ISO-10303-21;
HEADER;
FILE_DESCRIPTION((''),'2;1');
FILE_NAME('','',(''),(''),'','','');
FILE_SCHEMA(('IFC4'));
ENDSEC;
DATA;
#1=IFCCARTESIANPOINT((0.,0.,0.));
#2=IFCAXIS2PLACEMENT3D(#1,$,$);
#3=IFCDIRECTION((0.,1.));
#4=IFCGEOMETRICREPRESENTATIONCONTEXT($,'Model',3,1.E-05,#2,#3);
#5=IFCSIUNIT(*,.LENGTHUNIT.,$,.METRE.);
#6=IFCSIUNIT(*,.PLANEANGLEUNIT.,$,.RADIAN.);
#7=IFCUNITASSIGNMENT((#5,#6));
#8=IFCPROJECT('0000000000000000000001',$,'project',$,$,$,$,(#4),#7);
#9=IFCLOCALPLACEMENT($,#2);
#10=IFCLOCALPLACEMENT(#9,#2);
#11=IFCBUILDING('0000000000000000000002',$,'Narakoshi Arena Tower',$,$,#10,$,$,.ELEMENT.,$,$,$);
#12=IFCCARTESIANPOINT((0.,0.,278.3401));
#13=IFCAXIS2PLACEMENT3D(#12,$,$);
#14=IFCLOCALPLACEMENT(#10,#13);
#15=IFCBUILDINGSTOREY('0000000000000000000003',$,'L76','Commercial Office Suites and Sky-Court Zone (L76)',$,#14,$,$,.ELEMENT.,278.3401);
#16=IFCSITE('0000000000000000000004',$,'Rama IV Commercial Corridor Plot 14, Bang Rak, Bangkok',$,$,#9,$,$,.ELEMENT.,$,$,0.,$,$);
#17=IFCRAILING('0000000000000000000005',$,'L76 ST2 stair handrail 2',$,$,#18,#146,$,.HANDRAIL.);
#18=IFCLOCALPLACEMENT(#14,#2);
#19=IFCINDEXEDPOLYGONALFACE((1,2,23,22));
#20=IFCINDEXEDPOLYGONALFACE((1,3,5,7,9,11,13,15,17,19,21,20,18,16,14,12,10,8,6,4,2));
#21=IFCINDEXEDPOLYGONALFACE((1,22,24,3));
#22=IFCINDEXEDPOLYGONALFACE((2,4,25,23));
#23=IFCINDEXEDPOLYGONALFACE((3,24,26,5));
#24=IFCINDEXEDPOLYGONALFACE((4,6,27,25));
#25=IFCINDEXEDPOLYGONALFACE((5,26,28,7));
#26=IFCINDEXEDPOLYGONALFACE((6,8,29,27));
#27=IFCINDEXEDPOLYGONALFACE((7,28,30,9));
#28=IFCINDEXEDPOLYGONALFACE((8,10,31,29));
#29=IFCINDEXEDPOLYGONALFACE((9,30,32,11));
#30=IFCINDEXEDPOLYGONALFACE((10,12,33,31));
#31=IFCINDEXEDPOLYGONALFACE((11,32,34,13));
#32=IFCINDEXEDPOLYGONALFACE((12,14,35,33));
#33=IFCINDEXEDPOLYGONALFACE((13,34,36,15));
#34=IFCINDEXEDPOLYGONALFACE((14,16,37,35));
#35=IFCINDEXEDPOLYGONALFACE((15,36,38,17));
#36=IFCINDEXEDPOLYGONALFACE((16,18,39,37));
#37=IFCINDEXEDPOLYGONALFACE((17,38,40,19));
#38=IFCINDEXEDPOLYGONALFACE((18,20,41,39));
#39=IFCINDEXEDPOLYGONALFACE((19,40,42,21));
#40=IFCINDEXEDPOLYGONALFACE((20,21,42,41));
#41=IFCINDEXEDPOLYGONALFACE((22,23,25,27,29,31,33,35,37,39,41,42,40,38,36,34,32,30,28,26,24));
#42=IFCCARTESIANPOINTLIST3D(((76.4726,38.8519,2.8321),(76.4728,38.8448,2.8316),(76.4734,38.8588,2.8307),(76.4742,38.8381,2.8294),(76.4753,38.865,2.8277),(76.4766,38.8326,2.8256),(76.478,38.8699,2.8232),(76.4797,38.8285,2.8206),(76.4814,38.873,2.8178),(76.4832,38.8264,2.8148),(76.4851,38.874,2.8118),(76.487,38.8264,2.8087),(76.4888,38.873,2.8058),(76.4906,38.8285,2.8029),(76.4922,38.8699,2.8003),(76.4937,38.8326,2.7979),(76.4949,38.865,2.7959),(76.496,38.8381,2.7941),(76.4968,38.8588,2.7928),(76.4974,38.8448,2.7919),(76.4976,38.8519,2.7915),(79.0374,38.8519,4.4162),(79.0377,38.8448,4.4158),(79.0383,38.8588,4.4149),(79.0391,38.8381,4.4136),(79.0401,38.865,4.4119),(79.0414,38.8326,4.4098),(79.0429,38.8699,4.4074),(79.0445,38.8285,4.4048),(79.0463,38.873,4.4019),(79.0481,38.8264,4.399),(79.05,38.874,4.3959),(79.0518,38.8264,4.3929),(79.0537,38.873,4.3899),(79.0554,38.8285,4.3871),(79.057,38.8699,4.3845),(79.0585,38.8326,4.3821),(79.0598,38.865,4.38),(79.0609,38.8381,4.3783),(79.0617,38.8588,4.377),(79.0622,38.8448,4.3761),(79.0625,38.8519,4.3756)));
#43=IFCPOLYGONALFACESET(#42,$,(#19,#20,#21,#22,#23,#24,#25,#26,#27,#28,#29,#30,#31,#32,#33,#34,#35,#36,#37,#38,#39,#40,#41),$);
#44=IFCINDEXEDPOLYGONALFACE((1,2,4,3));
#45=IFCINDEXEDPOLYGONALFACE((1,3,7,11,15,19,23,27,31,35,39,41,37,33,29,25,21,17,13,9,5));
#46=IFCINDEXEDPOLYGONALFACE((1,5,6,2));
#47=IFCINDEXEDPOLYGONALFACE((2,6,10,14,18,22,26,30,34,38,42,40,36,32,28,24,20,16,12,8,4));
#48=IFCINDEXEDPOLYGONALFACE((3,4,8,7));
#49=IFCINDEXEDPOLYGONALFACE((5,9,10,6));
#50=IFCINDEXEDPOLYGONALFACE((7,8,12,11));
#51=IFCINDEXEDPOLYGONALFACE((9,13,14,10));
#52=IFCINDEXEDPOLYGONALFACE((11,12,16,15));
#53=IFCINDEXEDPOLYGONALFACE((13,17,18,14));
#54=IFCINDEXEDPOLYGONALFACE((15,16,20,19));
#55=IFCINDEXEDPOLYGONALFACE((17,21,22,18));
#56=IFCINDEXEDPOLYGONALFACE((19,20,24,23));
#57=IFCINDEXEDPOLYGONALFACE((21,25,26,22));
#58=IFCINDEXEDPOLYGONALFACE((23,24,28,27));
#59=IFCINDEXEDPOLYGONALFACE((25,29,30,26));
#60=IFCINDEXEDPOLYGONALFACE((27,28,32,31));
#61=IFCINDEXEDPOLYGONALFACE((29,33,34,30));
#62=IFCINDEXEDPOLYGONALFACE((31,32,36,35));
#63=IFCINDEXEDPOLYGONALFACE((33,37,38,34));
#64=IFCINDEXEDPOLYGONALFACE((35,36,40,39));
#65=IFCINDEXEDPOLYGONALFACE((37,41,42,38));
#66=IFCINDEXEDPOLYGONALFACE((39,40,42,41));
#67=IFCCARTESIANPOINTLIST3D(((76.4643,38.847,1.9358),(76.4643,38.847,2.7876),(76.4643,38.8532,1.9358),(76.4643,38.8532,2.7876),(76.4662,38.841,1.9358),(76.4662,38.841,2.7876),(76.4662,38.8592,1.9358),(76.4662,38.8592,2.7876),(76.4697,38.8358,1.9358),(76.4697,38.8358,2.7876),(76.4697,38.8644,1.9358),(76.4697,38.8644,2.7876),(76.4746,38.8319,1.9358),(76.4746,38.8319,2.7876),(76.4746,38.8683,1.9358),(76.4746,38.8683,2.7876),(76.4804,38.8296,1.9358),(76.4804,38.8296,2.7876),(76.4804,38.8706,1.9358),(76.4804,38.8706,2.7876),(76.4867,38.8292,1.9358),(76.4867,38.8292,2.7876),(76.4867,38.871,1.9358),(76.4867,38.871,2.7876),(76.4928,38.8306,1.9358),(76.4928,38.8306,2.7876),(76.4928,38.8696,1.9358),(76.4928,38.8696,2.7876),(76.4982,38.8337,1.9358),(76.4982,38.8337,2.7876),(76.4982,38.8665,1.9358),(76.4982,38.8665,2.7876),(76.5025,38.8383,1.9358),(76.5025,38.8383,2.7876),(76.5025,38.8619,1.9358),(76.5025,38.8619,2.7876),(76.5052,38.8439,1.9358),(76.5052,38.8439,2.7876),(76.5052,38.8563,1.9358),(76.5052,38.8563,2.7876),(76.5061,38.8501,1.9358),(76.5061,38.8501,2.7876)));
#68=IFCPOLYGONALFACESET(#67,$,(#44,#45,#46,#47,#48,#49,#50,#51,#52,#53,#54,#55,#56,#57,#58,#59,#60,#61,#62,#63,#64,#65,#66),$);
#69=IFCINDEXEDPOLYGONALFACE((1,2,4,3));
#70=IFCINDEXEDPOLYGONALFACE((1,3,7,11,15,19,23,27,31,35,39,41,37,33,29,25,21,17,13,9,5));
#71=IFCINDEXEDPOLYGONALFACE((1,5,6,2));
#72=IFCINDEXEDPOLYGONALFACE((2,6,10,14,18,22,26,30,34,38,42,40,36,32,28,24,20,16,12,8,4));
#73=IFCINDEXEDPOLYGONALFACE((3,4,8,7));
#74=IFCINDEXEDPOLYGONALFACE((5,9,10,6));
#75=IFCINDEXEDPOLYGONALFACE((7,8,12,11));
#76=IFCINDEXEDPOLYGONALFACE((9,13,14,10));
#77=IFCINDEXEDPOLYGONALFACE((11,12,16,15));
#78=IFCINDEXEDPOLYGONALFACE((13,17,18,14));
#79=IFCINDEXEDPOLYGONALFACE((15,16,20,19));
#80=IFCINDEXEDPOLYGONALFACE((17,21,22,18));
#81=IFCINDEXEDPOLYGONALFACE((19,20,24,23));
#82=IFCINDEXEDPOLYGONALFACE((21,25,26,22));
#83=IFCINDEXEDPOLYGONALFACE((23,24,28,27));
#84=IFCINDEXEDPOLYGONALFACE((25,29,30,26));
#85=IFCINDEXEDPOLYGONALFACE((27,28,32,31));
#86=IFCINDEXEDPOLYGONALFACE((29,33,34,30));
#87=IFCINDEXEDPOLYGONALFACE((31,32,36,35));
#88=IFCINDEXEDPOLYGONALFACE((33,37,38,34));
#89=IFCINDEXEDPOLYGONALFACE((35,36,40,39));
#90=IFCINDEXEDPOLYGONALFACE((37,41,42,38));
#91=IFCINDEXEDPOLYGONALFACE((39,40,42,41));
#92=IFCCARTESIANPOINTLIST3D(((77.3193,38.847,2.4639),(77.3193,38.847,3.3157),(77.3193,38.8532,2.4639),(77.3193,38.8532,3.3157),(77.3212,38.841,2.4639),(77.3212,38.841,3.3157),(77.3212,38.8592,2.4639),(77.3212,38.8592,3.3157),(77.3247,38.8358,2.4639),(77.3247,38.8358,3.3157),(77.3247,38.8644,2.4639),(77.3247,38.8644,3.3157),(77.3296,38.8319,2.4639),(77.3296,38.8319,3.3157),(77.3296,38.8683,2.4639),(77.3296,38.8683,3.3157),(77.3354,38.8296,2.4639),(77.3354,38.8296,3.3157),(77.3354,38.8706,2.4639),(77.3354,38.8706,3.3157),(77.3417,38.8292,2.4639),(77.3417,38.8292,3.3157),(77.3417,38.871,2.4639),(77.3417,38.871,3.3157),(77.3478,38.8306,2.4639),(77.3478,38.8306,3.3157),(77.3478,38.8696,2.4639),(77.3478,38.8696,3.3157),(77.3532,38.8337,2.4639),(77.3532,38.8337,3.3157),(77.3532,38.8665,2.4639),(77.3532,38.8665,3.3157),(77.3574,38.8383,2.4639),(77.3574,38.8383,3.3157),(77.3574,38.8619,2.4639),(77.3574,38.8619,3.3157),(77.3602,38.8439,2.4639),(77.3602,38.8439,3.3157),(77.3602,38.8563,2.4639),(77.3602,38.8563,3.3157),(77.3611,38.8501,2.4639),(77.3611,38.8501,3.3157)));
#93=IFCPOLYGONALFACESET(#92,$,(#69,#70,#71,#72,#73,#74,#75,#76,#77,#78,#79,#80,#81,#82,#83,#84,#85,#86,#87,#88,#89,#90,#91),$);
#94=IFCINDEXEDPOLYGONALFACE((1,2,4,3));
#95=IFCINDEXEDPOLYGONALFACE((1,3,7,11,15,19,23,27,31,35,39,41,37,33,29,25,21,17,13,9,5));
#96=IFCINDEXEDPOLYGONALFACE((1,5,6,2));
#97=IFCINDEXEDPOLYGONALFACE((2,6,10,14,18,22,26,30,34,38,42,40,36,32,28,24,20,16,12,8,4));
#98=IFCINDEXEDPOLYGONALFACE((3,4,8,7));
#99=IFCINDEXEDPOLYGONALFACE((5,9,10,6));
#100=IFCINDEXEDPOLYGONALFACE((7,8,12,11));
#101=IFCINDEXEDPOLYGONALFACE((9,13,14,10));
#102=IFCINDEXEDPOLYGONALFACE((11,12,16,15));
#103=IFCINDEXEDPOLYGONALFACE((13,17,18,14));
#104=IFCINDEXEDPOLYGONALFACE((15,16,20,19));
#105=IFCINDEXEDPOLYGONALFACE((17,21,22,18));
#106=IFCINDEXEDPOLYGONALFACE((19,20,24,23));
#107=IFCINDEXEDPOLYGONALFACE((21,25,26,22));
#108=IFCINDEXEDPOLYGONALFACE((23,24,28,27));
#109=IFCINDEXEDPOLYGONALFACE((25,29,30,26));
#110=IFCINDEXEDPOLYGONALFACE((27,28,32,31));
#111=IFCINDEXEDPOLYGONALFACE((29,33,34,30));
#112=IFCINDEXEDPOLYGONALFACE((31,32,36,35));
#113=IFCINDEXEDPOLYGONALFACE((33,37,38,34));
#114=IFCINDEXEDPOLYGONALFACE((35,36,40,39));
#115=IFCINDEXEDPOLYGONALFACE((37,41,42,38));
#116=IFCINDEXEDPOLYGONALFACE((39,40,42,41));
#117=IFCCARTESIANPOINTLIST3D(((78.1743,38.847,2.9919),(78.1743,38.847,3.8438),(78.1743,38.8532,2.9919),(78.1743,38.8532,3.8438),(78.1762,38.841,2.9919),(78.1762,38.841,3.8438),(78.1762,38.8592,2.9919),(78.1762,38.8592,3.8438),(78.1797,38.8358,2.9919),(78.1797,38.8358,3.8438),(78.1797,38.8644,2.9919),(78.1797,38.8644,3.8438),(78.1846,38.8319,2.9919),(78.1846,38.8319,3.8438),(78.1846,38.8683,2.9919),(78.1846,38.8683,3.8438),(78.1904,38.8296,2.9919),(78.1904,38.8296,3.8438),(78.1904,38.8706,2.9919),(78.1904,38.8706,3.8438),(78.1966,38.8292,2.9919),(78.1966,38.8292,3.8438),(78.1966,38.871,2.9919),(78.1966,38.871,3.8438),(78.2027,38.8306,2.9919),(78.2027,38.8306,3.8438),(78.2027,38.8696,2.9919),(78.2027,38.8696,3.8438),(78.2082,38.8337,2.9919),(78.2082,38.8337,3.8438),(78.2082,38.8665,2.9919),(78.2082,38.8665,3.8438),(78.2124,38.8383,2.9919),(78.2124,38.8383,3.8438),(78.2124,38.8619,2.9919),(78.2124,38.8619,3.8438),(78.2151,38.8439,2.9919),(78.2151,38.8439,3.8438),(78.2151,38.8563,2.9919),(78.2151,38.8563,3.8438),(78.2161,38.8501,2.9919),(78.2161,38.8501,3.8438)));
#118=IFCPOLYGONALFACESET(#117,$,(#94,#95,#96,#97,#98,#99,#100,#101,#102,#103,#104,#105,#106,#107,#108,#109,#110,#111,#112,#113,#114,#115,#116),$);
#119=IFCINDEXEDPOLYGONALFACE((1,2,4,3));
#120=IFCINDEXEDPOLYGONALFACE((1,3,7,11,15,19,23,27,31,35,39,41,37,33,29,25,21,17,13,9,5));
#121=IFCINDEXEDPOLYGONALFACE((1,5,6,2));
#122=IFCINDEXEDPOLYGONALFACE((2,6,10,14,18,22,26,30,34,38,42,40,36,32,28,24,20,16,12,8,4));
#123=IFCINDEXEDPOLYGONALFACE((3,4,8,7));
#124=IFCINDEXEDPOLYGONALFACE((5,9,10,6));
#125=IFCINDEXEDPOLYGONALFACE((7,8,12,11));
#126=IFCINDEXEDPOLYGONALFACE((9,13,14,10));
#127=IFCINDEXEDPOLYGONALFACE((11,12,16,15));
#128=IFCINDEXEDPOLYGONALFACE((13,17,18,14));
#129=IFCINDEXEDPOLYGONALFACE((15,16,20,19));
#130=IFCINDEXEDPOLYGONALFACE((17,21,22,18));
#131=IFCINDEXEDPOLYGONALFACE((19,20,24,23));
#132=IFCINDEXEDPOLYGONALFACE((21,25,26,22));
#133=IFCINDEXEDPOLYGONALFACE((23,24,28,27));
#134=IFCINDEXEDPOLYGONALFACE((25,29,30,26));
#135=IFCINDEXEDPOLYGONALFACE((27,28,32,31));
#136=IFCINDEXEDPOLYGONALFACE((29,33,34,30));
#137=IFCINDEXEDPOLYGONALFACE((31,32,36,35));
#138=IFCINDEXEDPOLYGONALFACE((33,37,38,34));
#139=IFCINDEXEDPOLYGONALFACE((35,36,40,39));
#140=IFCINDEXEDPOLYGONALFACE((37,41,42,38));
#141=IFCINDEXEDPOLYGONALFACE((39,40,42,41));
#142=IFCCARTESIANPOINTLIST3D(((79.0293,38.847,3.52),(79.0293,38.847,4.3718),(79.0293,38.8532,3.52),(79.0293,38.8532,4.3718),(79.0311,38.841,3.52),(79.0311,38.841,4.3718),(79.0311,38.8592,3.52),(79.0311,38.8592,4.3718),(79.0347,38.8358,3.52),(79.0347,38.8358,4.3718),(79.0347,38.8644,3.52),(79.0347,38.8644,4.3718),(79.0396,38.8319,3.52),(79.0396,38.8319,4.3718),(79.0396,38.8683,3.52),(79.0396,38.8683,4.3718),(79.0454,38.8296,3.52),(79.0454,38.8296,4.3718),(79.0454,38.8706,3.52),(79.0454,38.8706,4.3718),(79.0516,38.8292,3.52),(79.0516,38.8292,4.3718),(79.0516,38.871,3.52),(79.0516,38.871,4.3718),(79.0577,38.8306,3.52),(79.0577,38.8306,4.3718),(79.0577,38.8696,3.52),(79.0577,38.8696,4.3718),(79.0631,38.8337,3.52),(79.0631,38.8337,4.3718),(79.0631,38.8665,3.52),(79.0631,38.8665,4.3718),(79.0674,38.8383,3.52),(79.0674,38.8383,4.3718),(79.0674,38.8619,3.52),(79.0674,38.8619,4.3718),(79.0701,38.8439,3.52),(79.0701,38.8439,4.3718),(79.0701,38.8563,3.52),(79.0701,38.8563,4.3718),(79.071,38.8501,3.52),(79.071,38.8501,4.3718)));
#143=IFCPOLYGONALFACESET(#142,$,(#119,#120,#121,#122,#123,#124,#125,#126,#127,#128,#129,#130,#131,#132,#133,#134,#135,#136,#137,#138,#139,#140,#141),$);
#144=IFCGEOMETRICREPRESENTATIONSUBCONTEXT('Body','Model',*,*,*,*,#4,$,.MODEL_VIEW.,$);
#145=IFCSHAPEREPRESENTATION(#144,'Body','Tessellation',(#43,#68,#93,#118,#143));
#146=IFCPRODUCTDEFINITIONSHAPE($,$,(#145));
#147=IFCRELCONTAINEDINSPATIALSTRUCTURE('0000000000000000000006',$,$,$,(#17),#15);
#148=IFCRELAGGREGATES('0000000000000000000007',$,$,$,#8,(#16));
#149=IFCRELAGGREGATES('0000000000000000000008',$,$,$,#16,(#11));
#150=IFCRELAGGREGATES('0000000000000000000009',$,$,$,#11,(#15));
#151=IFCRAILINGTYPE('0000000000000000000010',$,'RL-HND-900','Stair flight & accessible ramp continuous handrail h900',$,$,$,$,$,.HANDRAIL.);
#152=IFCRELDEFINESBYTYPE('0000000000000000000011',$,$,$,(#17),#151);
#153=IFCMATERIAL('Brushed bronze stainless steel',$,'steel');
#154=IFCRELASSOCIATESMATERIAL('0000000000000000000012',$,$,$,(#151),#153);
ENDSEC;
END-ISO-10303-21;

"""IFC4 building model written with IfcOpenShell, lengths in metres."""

from ifc_helpers import new_model, si_unit, direction, frame, origin, origin_2d, place, context, subcontext, project, spatial, circle, extrude, material, type_object, element, save


model = new_model("IFC4")

# Units and contexts
model_context = context("Model", 3, precision=1e-05, world=origin(), true_north=direction((0.0, 1.0)))
body_context = subcontext(model_context, "Body", "Model", "MODEL_VIEW")
ifc_project = project(units=[si_unit("LENGTHUNIT", "METRE"), si_unit("PLANEANGLEUNIT", "RADIAN")], contexts=[model_context])

# Site, building, storey
site_placement = place(None, origin())
site = spatial("IfcSite", under=ifc_project, at=site_placement, Name="Rama IV Commercial Corridor Plot 14, Bang Rak, Bangkok", CompositionType="ELEMENT", RefElevation=0.0)
building_placement = place(site_placement, origin())
building = spatial("IfcBuilding", under=site, at=building_placement, Name="Narakoshi Arena Tower", CompositionType="ELEMENT")
storey_placement = place(building_placement, frame((0.0, 0.0, 278.3401)))
storey = spatial("IfcBuildingStorey", under=building, at=storey_placement, Name="L76", Description="Commercial Office Suites and Sky-Court Zone (L76)", CompositionType="ELEMENT", Elevation=278.3401)

# Railing
ifc_material_1 = material(Name="Brushed bronze stainless steel", Category="steel")
railing_type_1 = type_object("IfcRailingType", Name="RL-HND-900", Description="Stair flight & accessible ramp continuous handrail h900", PredefinedType="HANDRAIL", material=ifc_material_1)
railing_1_placement = place(storey_placement, frame((76.4851, 38.8501, 1.9358)))
element("IfcRailing", 1, at=railing_1_placement, inside=storey, type_object=railing_type_1, Name="L76 ST2 stair handrail 2", PredefinedType="HANDRAIL", context=body_context, shape_type="SweptSolid", body=[
    extrude(circle(Radius=0.0239, at=origin_2d()), frame((0.0, 0.0, 0.876), z_axis=(0.850798, 0.0, 0.525493), x_axis=(0.0, 1.0, 0.0)), (0.0, 0.0, 1.0), 3.0146),
    extrude(circle(Radius=0.021, at=origin_2d()), origin(), (0.0, 0.0, 1.0), 0.8518),
    extrude(circle(Radius=0.021, at=origin_2d()), frame((0.855, 0.0, 0.5281)), (0.0, 0.0, 1.0), 0.8518),
    extrude(circle(Radius=0.021, at=origin_2d()), frame((1.71, 0.0, 1.0562)), (0.0, 0.0, 1.0), 0.8518),
    extrude(circle(Radius=0.021, at=origin_2d()), frame((2.5649, 0.0, 1.5842)), (0.0, 0.0, 1.0), 0.8518),
])

save(model, "model.ifc")
